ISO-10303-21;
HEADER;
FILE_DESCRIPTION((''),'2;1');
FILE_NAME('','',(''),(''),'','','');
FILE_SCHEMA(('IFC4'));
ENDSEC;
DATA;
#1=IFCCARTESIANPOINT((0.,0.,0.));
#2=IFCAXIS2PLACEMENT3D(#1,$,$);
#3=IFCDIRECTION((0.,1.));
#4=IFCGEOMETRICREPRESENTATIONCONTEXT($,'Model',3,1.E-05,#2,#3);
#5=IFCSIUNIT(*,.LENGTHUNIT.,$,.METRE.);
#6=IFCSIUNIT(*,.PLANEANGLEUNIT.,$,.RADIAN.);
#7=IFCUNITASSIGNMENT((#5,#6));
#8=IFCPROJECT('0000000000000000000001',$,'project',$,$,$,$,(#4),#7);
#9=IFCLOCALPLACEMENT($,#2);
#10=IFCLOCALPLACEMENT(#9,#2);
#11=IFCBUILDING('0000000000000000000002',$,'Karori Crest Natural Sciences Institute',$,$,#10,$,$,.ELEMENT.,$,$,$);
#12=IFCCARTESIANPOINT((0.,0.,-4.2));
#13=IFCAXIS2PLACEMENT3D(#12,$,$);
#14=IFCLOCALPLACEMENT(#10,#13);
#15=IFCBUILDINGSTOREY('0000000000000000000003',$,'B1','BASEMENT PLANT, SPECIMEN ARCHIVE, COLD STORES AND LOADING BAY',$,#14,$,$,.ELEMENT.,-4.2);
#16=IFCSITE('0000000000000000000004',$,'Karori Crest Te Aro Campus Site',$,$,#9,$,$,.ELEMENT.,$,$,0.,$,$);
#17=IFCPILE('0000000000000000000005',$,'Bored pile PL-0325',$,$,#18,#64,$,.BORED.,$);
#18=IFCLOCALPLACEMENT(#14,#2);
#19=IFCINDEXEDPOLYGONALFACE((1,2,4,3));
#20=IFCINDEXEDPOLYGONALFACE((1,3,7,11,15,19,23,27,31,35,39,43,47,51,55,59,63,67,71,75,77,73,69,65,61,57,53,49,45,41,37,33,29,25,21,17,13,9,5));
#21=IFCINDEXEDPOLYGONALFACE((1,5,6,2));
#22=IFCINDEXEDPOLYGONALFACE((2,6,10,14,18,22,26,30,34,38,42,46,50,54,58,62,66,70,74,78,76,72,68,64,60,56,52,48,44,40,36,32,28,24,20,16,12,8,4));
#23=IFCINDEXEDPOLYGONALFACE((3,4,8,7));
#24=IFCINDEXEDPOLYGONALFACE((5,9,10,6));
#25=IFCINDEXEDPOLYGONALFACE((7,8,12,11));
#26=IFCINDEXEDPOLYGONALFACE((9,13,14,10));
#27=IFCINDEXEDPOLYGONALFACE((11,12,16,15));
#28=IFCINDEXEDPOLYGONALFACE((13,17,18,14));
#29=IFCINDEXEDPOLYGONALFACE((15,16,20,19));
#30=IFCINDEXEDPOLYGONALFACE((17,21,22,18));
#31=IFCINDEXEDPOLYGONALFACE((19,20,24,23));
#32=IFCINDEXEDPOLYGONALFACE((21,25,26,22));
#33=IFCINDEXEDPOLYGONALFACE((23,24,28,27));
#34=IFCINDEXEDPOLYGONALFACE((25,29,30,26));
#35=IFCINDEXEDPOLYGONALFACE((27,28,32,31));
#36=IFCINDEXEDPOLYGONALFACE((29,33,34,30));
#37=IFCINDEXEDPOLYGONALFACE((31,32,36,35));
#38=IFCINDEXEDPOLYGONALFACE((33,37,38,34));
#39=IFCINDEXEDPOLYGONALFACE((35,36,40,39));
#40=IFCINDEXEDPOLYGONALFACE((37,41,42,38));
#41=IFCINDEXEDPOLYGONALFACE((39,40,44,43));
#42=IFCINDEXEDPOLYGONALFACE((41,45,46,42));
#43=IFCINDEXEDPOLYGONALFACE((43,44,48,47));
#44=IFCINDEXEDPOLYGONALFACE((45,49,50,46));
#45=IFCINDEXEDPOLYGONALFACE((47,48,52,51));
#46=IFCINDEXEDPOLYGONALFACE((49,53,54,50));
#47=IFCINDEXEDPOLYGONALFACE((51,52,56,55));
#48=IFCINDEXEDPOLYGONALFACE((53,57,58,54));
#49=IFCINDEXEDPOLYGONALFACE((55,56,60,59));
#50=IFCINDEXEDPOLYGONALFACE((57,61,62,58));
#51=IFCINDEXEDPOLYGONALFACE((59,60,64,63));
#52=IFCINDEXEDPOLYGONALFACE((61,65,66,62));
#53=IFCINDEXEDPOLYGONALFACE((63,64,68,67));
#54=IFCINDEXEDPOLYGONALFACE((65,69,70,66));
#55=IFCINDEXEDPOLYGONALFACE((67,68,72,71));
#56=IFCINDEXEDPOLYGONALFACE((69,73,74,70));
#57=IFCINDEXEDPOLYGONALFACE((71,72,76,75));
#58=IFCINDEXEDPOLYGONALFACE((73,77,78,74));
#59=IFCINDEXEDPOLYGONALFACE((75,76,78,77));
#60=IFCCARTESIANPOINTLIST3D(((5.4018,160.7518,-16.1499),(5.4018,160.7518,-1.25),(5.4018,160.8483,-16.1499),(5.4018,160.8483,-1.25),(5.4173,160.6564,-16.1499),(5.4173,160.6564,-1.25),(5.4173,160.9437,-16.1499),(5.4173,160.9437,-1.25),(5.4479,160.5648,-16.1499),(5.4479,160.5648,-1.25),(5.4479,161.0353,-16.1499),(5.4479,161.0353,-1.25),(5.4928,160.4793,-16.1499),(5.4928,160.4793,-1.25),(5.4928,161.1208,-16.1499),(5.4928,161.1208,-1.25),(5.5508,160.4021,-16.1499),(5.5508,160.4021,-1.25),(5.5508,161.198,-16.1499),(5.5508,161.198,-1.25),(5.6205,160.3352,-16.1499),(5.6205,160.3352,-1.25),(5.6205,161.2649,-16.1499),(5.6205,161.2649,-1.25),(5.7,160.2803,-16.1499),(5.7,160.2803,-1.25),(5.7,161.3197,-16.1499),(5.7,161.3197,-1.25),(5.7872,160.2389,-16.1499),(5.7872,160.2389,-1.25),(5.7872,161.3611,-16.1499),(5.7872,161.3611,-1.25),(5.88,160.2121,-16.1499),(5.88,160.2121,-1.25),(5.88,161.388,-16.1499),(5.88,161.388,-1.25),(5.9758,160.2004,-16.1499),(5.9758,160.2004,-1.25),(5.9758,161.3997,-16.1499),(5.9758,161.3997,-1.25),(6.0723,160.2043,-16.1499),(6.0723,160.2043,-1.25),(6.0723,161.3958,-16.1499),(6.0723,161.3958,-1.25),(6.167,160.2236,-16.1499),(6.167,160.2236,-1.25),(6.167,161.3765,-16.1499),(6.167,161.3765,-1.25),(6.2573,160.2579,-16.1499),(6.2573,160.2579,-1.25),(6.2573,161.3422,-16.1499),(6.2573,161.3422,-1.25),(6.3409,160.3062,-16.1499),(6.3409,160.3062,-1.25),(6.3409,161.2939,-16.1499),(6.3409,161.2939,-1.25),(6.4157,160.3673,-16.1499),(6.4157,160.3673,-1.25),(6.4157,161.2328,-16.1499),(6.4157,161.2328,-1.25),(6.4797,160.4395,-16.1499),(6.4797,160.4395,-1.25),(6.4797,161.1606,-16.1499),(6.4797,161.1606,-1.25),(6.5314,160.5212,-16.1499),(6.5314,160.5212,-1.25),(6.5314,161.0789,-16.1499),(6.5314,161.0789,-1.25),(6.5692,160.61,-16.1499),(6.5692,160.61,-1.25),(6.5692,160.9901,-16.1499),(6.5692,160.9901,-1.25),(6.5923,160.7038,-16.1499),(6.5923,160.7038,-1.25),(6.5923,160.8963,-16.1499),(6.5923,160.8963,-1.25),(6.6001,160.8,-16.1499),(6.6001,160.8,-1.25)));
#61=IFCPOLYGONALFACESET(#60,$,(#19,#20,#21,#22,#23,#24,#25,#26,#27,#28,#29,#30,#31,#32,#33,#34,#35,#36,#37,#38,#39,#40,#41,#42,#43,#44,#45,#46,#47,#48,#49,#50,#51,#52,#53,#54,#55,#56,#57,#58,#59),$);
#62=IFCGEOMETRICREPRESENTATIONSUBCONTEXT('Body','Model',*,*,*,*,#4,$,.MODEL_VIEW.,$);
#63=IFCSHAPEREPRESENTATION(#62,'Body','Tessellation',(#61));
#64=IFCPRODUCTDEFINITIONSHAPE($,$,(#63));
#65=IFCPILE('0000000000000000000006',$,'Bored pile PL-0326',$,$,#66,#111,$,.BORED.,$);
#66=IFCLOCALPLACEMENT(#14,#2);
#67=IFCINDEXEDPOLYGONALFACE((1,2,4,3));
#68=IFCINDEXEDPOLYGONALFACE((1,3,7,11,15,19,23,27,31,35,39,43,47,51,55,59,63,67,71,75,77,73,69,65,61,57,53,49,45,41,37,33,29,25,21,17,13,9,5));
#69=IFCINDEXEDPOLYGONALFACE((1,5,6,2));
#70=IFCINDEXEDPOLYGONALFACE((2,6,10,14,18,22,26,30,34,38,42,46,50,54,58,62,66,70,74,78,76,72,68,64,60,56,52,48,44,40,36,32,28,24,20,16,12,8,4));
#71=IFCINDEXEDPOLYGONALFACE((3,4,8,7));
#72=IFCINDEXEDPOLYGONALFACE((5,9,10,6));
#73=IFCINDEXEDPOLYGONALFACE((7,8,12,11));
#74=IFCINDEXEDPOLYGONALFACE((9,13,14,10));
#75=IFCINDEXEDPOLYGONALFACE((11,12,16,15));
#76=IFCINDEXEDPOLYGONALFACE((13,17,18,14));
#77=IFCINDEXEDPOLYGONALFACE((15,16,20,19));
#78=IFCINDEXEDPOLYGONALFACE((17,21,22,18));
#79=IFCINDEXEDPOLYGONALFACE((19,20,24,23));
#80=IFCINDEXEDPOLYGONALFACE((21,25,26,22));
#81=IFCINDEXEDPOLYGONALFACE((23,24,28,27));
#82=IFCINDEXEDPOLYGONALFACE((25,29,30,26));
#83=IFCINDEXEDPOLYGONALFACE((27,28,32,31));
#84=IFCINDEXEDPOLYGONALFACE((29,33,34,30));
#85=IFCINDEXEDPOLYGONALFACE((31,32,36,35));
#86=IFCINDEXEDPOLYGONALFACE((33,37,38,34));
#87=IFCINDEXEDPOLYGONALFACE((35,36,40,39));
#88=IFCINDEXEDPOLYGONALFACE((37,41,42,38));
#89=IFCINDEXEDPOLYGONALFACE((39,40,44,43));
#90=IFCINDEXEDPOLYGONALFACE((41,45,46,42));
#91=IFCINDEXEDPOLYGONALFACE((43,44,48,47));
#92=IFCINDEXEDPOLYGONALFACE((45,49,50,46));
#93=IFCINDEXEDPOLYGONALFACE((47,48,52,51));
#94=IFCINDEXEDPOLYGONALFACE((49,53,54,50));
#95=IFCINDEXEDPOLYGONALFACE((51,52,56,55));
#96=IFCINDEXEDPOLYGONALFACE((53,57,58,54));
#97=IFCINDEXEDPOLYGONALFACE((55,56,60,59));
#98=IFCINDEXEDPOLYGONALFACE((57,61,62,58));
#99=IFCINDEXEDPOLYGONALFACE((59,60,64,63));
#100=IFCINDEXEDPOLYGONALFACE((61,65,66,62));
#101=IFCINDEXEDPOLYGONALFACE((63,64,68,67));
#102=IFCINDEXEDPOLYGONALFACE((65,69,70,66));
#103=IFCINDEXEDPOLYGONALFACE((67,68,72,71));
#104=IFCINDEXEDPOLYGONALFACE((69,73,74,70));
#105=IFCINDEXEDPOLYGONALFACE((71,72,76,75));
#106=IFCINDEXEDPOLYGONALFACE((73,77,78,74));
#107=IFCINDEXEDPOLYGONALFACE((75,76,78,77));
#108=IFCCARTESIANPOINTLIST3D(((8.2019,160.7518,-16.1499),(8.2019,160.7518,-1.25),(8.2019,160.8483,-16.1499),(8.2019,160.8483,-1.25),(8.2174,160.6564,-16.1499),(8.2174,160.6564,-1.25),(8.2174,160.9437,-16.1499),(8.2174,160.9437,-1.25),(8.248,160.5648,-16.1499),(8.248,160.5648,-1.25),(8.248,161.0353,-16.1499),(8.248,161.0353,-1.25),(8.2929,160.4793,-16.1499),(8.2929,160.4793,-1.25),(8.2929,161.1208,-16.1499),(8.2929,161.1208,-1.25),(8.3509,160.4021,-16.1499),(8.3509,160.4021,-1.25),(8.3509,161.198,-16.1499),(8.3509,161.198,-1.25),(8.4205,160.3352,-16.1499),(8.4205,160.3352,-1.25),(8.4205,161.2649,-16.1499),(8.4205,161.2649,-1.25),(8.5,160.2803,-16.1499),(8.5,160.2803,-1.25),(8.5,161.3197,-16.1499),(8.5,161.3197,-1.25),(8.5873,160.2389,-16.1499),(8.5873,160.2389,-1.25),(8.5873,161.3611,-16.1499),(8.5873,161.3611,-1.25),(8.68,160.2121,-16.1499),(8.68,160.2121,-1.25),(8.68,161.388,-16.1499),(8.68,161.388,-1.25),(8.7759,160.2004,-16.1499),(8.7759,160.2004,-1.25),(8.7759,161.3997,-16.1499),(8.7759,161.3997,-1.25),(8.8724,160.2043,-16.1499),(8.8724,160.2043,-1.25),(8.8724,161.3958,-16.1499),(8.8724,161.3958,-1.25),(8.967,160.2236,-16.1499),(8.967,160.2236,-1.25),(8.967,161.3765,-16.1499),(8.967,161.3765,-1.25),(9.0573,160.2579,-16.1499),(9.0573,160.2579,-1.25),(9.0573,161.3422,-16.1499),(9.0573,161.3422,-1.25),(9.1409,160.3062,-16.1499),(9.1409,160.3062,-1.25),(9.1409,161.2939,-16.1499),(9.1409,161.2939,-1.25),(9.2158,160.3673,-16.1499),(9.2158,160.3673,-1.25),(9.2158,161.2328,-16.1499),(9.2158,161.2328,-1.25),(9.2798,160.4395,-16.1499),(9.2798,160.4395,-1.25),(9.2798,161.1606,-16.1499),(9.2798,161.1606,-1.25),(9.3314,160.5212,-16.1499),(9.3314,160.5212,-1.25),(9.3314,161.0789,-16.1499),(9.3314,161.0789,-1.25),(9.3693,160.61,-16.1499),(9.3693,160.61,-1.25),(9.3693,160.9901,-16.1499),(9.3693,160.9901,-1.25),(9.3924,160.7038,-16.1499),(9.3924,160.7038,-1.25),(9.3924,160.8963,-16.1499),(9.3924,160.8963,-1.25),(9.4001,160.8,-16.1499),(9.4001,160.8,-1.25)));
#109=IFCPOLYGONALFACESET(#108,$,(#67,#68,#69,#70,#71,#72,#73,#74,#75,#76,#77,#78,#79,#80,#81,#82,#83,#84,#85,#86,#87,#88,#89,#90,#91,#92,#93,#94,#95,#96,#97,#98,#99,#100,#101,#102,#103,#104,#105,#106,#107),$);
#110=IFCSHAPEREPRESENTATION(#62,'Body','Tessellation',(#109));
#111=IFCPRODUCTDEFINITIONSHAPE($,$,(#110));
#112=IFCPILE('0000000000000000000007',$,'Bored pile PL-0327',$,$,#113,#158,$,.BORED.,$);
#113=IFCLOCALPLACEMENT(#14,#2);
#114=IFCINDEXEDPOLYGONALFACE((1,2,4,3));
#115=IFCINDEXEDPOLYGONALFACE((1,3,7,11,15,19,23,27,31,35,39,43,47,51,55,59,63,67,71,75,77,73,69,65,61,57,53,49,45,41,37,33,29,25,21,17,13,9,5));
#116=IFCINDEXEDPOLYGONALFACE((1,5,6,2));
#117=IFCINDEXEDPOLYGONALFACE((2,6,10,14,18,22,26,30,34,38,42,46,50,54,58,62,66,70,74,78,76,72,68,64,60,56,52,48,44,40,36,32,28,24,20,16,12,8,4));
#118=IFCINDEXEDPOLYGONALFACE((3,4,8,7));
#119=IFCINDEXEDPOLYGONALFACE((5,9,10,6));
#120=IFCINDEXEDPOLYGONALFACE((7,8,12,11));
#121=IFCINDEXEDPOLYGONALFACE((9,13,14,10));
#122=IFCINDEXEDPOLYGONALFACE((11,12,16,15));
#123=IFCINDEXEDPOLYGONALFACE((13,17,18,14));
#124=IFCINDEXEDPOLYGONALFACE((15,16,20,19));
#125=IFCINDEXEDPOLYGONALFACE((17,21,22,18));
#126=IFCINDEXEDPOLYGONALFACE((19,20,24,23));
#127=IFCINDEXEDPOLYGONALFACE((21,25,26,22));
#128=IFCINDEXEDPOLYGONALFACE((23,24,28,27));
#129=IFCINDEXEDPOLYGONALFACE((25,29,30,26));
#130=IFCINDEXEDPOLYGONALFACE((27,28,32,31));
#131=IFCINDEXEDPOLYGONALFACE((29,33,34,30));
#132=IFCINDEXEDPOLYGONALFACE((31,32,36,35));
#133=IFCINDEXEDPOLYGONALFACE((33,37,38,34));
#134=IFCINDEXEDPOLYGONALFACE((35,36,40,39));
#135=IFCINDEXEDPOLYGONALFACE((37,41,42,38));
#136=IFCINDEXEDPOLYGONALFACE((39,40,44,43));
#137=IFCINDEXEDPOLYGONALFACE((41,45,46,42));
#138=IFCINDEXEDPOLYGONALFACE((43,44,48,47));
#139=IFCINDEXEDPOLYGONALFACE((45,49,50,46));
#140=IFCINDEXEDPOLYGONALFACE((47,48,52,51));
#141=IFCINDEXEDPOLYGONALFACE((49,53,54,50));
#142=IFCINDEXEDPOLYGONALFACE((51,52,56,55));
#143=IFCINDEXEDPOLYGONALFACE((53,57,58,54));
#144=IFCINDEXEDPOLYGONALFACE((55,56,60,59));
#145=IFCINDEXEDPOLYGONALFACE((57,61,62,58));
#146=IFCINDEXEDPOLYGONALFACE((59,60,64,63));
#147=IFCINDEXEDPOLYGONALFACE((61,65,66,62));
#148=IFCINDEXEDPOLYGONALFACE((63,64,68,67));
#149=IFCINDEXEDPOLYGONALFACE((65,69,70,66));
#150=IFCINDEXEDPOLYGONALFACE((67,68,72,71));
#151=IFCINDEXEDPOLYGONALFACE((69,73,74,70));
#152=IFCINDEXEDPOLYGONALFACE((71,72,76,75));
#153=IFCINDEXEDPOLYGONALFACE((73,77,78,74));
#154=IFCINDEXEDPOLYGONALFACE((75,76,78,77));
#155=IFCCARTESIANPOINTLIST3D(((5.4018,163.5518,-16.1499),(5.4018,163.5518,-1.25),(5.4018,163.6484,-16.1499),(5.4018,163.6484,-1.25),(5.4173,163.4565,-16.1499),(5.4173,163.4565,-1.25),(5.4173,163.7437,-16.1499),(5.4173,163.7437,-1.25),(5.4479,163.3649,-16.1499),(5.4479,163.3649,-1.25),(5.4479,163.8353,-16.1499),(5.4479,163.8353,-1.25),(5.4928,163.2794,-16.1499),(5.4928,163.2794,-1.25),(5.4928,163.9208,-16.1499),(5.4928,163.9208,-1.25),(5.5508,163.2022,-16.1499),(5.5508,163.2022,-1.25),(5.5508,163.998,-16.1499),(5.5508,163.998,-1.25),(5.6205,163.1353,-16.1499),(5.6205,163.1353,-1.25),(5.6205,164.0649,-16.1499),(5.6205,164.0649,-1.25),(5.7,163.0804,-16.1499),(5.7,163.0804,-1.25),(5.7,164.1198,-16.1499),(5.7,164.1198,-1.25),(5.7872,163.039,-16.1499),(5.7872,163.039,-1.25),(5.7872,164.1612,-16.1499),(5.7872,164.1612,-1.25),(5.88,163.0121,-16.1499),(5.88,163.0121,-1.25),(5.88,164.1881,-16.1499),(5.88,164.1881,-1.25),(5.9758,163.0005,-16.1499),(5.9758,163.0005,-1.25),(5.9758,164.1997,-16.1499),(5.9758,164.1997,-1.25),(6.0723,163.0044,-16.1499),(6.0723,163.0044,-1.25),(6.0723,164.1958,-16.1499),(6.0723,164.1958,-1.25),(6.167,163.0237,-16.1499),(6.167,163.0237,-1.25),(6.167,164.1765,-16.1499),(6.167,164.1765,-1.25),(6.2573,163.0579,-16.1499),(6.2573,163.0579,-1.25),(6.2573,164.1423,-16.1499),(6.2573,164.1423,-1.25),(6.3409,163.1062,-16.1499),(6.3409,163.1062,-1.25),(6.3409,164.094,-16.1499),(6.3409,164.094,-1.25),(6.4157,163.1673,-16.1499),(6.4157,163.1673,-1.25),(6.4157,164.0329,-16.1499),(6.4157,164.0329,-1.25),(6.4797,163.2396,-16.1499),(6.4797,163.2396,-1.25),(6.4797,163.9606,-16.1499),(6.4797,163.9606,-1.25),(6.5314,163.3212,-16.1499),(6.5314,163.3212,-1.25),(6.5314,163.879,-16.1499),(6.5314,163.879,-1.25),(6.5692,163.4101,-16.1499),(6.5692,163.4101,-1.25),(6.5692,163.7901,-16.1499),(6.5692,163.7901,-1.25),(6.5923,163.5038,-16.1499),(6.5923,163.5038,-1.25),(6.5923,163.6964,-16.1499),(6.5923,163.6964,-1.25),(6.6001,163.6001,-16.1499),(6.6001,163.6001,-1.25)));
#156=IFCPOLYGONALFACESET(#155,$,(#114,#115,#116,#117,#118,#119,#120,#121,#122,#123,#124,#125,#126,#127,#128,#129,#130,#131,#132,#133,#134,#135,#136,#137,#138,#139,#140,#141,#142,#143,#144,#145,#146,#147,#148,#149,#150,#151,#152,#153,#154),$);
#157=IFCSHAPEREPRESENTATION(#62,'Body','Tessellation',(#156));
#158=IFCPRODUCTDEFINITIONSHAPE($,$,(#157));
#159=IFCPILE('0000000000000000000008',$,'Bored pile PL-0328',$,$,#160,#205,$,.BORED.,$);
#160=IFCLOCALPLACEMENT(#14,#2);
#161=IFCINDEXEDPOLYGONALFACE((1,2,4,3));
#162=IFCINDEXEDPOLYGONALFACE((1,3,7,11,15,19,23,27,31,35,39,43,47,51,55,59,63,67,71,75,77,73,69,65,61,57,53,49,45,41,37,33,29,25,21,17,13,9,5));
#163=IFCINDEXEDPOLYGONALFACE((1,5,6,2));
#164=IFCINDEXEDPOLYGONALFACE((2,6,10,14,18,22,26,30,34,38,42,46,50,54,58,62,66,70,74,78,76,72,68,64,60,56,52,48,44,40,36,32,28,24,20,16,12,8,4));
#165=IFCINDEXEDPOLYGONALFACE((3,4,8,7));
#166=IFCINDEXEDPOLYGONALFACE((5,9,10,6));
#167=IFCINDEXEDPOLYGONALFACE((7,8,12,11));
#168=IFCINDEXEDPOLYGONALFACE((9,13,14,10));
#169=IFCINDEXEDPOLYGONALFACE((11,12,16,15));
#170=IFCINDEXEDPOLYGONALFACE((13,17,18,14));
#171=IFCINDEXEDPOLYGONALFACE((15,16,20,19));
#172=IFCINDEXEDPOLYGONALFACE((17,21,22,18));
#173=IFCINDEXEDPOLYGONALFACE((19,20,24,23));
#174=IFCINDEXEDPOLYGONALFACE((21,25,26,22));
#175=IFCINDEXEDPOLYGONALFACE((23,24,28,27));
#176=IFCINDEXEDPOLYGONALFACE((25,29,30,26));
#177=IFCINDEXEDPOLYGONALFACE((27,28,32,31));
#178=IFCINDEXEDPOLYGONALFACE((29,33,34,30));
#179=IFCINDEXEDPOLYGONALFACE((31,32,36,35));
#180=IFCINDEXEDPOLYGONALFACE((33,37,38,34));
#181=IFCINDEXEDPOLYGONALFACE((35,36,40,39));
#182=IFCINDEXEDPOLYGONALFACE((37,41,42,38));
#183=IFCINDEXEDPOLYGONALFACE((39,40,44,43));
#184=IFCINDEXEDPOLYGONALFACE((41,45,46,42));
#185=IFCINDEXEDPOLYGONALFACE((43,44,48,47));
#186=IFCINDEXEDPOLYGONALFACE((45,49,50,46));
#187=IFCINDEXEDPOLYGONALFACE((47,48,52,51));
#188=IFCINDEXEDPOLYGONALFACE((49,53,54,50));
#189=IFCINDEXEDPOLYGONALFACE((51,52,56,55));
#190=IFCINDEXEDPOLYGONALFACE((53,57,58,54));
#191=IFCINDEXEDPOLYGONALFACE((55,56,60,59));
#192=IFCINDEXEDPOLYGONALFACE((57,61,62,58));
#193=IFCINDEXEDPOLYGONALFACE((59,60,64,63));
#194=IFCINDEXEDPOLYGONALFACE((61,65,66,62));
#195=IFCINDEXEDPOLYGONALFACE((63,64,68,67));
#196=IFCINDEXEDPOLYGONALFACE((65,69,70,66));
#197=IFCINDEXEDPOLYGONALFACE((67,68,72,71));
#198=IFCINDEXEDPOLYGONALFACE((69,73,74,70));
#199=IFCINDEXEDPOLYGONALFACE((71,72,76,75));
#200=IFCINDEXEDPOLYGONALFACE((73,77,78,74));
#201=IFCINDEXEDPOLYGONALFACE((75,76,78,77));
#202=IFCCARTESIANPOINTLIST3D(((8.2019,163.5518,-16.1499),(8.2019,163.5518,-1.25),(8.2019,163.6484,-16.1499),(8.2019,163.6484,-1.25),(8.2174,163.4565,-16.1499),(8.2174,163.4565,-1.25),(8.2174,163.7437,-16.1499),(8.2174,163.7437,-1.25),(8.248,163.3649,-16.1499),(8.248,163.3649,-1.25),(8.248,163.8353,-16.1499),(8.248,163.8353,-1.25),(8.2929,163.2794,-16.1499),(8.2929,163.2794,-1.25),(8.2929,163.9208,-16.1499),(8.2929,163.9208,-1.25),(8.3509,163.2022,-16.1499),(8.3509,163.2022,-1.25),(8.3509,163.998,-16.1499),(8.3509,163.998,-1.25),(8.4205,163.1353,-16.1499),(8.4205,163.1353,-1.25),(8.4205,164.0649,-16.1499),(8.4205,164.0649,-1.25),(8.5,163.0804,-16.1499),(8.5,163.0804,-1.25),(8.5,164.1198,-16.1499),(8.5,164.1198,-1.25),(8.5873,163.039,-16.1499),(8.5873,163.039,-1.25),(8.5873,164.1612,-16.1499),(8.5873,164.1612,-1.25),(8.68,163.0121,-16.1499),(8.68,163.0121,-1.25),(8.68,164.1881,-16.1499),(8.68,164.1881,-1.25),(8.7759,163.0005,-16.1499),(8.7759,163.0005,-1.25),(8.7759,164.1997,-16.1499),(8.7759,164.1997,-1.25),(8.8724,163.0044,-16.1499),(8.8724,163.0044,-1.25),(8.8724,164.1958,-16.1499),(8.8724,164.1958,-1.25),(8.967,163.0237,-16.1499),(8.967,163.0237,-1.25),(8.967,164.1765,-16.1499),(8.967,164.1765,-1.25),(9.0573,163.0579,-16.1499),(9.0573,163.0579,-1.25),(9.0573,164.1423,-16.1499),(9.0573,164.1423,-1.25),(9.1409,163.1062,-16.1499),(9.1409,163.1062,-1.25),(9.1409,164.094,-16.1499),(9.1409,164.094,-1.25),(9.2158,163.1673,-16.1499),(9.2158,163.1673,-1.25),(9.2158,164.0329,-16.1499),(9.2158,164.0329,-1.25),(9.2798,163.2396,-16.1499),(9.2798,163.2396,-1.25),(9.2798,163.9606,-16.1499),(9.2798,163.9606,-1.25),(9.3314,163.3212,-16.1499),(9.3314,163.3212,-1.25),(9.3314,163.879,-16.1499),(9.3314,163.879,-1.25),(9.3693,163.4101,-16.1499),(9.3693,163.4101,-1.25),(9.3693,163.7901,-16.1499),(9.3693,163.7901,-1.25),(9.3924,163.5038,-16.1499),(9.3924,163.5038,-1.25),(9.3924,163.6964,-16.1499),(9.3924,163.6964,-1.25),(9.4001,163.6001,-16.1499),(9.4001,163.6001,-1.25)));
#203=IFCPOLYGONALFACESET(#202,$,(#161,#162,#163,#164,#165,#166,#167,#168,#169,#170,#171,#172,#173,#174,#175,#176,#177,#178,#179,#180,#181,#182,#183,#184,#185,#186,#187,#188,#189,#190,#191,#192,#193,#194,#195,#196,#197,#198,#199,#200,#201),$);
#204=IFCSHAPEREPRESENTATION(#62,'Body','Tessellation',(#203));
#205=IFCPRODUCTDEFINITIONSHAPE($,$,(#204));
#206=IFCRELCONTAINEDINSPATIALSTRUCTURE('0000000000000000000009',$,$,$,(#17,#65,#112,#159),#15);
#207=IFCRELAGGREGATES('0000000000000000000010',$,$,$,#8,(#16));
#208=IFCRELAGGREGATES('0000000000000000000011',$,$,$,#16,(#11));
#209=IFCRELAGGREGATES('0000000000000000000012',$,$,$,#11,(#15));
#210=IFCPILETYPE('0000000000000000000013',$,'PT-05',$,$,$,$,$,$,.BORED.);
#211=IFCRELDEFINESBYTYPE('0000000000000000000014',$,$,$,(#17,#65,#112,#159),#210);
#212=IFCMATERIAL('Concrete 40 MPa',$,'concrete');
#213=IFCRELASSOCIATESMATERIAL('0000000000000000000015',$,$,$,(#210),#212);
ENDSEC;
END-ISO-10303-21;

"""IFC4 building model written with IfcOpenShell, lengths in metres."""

from ifc_helpers import new_model, si_unit, direction, frame, origin, origin_2d, place, context, subcontext, project, spatial, circle, extrude, material, material_profile, profile_set, type_object, element, save


model = new_model("IFC4")

# Units and contexts
model_context = context("Model", 3, precision=1e-05, world=origin(), true_north=direction((0.0, 1.0)))
body_context = subcontext(model_context, "Body", "Model", "MODEL_VIEW")
ifc_project = project(units=[si_unit("LENGTHUNIT", "METRE"), si_unit("PLANEANGLEUNIT", "RADIAN")], contexts=[model_context])

# Site, building, storey
site_placement = place(None, origin())
site = spatial("IfcSite", under=ifc_project, at=site_placement, Name="Karori Crest Te Aro Campus Site", CompositionType="ELEMENT", RefElevation=0.0)
building_placement = place(site_placement, origin())
building = spatial("IfcBuilding", under=site, at=building_placement, Name="Karori Crest Natural Sciences Institute", CompositionType="ELEMENT")
storey_placement = place(building_placement, frame((0.0, 0.0, -4.2)))
storey = spatial("IfcBuildingStorey", under=building, at=storey_placement, Name="B1", Description="BASEMENT PLANT, SPECIMEN ARCHIVE, COLD STORES AND LOADING BAY", CompositionType="ELEMENT", Elevation=-4.2)

# Shared definitions
ifc_material_1 = material(Name="Concrete 40 MPa", Category="concrete")

# Piles
ifc_material_profile_1 = material_profile(ifc_material_1, circle(Radius=0.6001, at=origin_2d()), Name="PILE1200")
ifc_profile_set_1 = profile_set([ifc_material_profile_1], Name="Concrete 40 MPa")
pile_type = type_object("IfcPileType", Name="PT-05", PredefinedType="BORED", material=ifc_profile_set_1)
for number, where, z_axis, x_axis, name in (
    (1, (6.0, 160.8, -1.25), (0.0, 0.0, -1.0), (1.0, 0.0, 0.0), "Bored pile PL-0325"),
    (2, (8.8, 160.8, -1.25), (0.0, 0.0, -1.0), (1.0, 0.0, 0.0), "Bored pile PL-0326"),
    (3, (6.0, 163.6001, -1.25), (0.0, 0.0, -1.0), (1.0, 0.0, 0.0), "Bored pile PL-0327"),
    (4, (8.8, 163.6001, -1.25), (0.0, 0.0, -1.0), (1.0, 0.0, 0.0), "Bored pile PL-0328"),
):
    element("IfcPile", number, at=place(storey_placement, frame(where, z_axis=z_axis, x_axis=x_axis)), inside=storey, type_object=pile_type, Name=name, PredefinedType="BORED", context=body_context, shape_type="SweptSolid", body=[
        extrude(circle(Radius=0.6001, at=origin_2d()), origin(), (0.0, 0.0, 1.0), 14.8999),
    ])

save(model, "model.ifc")
